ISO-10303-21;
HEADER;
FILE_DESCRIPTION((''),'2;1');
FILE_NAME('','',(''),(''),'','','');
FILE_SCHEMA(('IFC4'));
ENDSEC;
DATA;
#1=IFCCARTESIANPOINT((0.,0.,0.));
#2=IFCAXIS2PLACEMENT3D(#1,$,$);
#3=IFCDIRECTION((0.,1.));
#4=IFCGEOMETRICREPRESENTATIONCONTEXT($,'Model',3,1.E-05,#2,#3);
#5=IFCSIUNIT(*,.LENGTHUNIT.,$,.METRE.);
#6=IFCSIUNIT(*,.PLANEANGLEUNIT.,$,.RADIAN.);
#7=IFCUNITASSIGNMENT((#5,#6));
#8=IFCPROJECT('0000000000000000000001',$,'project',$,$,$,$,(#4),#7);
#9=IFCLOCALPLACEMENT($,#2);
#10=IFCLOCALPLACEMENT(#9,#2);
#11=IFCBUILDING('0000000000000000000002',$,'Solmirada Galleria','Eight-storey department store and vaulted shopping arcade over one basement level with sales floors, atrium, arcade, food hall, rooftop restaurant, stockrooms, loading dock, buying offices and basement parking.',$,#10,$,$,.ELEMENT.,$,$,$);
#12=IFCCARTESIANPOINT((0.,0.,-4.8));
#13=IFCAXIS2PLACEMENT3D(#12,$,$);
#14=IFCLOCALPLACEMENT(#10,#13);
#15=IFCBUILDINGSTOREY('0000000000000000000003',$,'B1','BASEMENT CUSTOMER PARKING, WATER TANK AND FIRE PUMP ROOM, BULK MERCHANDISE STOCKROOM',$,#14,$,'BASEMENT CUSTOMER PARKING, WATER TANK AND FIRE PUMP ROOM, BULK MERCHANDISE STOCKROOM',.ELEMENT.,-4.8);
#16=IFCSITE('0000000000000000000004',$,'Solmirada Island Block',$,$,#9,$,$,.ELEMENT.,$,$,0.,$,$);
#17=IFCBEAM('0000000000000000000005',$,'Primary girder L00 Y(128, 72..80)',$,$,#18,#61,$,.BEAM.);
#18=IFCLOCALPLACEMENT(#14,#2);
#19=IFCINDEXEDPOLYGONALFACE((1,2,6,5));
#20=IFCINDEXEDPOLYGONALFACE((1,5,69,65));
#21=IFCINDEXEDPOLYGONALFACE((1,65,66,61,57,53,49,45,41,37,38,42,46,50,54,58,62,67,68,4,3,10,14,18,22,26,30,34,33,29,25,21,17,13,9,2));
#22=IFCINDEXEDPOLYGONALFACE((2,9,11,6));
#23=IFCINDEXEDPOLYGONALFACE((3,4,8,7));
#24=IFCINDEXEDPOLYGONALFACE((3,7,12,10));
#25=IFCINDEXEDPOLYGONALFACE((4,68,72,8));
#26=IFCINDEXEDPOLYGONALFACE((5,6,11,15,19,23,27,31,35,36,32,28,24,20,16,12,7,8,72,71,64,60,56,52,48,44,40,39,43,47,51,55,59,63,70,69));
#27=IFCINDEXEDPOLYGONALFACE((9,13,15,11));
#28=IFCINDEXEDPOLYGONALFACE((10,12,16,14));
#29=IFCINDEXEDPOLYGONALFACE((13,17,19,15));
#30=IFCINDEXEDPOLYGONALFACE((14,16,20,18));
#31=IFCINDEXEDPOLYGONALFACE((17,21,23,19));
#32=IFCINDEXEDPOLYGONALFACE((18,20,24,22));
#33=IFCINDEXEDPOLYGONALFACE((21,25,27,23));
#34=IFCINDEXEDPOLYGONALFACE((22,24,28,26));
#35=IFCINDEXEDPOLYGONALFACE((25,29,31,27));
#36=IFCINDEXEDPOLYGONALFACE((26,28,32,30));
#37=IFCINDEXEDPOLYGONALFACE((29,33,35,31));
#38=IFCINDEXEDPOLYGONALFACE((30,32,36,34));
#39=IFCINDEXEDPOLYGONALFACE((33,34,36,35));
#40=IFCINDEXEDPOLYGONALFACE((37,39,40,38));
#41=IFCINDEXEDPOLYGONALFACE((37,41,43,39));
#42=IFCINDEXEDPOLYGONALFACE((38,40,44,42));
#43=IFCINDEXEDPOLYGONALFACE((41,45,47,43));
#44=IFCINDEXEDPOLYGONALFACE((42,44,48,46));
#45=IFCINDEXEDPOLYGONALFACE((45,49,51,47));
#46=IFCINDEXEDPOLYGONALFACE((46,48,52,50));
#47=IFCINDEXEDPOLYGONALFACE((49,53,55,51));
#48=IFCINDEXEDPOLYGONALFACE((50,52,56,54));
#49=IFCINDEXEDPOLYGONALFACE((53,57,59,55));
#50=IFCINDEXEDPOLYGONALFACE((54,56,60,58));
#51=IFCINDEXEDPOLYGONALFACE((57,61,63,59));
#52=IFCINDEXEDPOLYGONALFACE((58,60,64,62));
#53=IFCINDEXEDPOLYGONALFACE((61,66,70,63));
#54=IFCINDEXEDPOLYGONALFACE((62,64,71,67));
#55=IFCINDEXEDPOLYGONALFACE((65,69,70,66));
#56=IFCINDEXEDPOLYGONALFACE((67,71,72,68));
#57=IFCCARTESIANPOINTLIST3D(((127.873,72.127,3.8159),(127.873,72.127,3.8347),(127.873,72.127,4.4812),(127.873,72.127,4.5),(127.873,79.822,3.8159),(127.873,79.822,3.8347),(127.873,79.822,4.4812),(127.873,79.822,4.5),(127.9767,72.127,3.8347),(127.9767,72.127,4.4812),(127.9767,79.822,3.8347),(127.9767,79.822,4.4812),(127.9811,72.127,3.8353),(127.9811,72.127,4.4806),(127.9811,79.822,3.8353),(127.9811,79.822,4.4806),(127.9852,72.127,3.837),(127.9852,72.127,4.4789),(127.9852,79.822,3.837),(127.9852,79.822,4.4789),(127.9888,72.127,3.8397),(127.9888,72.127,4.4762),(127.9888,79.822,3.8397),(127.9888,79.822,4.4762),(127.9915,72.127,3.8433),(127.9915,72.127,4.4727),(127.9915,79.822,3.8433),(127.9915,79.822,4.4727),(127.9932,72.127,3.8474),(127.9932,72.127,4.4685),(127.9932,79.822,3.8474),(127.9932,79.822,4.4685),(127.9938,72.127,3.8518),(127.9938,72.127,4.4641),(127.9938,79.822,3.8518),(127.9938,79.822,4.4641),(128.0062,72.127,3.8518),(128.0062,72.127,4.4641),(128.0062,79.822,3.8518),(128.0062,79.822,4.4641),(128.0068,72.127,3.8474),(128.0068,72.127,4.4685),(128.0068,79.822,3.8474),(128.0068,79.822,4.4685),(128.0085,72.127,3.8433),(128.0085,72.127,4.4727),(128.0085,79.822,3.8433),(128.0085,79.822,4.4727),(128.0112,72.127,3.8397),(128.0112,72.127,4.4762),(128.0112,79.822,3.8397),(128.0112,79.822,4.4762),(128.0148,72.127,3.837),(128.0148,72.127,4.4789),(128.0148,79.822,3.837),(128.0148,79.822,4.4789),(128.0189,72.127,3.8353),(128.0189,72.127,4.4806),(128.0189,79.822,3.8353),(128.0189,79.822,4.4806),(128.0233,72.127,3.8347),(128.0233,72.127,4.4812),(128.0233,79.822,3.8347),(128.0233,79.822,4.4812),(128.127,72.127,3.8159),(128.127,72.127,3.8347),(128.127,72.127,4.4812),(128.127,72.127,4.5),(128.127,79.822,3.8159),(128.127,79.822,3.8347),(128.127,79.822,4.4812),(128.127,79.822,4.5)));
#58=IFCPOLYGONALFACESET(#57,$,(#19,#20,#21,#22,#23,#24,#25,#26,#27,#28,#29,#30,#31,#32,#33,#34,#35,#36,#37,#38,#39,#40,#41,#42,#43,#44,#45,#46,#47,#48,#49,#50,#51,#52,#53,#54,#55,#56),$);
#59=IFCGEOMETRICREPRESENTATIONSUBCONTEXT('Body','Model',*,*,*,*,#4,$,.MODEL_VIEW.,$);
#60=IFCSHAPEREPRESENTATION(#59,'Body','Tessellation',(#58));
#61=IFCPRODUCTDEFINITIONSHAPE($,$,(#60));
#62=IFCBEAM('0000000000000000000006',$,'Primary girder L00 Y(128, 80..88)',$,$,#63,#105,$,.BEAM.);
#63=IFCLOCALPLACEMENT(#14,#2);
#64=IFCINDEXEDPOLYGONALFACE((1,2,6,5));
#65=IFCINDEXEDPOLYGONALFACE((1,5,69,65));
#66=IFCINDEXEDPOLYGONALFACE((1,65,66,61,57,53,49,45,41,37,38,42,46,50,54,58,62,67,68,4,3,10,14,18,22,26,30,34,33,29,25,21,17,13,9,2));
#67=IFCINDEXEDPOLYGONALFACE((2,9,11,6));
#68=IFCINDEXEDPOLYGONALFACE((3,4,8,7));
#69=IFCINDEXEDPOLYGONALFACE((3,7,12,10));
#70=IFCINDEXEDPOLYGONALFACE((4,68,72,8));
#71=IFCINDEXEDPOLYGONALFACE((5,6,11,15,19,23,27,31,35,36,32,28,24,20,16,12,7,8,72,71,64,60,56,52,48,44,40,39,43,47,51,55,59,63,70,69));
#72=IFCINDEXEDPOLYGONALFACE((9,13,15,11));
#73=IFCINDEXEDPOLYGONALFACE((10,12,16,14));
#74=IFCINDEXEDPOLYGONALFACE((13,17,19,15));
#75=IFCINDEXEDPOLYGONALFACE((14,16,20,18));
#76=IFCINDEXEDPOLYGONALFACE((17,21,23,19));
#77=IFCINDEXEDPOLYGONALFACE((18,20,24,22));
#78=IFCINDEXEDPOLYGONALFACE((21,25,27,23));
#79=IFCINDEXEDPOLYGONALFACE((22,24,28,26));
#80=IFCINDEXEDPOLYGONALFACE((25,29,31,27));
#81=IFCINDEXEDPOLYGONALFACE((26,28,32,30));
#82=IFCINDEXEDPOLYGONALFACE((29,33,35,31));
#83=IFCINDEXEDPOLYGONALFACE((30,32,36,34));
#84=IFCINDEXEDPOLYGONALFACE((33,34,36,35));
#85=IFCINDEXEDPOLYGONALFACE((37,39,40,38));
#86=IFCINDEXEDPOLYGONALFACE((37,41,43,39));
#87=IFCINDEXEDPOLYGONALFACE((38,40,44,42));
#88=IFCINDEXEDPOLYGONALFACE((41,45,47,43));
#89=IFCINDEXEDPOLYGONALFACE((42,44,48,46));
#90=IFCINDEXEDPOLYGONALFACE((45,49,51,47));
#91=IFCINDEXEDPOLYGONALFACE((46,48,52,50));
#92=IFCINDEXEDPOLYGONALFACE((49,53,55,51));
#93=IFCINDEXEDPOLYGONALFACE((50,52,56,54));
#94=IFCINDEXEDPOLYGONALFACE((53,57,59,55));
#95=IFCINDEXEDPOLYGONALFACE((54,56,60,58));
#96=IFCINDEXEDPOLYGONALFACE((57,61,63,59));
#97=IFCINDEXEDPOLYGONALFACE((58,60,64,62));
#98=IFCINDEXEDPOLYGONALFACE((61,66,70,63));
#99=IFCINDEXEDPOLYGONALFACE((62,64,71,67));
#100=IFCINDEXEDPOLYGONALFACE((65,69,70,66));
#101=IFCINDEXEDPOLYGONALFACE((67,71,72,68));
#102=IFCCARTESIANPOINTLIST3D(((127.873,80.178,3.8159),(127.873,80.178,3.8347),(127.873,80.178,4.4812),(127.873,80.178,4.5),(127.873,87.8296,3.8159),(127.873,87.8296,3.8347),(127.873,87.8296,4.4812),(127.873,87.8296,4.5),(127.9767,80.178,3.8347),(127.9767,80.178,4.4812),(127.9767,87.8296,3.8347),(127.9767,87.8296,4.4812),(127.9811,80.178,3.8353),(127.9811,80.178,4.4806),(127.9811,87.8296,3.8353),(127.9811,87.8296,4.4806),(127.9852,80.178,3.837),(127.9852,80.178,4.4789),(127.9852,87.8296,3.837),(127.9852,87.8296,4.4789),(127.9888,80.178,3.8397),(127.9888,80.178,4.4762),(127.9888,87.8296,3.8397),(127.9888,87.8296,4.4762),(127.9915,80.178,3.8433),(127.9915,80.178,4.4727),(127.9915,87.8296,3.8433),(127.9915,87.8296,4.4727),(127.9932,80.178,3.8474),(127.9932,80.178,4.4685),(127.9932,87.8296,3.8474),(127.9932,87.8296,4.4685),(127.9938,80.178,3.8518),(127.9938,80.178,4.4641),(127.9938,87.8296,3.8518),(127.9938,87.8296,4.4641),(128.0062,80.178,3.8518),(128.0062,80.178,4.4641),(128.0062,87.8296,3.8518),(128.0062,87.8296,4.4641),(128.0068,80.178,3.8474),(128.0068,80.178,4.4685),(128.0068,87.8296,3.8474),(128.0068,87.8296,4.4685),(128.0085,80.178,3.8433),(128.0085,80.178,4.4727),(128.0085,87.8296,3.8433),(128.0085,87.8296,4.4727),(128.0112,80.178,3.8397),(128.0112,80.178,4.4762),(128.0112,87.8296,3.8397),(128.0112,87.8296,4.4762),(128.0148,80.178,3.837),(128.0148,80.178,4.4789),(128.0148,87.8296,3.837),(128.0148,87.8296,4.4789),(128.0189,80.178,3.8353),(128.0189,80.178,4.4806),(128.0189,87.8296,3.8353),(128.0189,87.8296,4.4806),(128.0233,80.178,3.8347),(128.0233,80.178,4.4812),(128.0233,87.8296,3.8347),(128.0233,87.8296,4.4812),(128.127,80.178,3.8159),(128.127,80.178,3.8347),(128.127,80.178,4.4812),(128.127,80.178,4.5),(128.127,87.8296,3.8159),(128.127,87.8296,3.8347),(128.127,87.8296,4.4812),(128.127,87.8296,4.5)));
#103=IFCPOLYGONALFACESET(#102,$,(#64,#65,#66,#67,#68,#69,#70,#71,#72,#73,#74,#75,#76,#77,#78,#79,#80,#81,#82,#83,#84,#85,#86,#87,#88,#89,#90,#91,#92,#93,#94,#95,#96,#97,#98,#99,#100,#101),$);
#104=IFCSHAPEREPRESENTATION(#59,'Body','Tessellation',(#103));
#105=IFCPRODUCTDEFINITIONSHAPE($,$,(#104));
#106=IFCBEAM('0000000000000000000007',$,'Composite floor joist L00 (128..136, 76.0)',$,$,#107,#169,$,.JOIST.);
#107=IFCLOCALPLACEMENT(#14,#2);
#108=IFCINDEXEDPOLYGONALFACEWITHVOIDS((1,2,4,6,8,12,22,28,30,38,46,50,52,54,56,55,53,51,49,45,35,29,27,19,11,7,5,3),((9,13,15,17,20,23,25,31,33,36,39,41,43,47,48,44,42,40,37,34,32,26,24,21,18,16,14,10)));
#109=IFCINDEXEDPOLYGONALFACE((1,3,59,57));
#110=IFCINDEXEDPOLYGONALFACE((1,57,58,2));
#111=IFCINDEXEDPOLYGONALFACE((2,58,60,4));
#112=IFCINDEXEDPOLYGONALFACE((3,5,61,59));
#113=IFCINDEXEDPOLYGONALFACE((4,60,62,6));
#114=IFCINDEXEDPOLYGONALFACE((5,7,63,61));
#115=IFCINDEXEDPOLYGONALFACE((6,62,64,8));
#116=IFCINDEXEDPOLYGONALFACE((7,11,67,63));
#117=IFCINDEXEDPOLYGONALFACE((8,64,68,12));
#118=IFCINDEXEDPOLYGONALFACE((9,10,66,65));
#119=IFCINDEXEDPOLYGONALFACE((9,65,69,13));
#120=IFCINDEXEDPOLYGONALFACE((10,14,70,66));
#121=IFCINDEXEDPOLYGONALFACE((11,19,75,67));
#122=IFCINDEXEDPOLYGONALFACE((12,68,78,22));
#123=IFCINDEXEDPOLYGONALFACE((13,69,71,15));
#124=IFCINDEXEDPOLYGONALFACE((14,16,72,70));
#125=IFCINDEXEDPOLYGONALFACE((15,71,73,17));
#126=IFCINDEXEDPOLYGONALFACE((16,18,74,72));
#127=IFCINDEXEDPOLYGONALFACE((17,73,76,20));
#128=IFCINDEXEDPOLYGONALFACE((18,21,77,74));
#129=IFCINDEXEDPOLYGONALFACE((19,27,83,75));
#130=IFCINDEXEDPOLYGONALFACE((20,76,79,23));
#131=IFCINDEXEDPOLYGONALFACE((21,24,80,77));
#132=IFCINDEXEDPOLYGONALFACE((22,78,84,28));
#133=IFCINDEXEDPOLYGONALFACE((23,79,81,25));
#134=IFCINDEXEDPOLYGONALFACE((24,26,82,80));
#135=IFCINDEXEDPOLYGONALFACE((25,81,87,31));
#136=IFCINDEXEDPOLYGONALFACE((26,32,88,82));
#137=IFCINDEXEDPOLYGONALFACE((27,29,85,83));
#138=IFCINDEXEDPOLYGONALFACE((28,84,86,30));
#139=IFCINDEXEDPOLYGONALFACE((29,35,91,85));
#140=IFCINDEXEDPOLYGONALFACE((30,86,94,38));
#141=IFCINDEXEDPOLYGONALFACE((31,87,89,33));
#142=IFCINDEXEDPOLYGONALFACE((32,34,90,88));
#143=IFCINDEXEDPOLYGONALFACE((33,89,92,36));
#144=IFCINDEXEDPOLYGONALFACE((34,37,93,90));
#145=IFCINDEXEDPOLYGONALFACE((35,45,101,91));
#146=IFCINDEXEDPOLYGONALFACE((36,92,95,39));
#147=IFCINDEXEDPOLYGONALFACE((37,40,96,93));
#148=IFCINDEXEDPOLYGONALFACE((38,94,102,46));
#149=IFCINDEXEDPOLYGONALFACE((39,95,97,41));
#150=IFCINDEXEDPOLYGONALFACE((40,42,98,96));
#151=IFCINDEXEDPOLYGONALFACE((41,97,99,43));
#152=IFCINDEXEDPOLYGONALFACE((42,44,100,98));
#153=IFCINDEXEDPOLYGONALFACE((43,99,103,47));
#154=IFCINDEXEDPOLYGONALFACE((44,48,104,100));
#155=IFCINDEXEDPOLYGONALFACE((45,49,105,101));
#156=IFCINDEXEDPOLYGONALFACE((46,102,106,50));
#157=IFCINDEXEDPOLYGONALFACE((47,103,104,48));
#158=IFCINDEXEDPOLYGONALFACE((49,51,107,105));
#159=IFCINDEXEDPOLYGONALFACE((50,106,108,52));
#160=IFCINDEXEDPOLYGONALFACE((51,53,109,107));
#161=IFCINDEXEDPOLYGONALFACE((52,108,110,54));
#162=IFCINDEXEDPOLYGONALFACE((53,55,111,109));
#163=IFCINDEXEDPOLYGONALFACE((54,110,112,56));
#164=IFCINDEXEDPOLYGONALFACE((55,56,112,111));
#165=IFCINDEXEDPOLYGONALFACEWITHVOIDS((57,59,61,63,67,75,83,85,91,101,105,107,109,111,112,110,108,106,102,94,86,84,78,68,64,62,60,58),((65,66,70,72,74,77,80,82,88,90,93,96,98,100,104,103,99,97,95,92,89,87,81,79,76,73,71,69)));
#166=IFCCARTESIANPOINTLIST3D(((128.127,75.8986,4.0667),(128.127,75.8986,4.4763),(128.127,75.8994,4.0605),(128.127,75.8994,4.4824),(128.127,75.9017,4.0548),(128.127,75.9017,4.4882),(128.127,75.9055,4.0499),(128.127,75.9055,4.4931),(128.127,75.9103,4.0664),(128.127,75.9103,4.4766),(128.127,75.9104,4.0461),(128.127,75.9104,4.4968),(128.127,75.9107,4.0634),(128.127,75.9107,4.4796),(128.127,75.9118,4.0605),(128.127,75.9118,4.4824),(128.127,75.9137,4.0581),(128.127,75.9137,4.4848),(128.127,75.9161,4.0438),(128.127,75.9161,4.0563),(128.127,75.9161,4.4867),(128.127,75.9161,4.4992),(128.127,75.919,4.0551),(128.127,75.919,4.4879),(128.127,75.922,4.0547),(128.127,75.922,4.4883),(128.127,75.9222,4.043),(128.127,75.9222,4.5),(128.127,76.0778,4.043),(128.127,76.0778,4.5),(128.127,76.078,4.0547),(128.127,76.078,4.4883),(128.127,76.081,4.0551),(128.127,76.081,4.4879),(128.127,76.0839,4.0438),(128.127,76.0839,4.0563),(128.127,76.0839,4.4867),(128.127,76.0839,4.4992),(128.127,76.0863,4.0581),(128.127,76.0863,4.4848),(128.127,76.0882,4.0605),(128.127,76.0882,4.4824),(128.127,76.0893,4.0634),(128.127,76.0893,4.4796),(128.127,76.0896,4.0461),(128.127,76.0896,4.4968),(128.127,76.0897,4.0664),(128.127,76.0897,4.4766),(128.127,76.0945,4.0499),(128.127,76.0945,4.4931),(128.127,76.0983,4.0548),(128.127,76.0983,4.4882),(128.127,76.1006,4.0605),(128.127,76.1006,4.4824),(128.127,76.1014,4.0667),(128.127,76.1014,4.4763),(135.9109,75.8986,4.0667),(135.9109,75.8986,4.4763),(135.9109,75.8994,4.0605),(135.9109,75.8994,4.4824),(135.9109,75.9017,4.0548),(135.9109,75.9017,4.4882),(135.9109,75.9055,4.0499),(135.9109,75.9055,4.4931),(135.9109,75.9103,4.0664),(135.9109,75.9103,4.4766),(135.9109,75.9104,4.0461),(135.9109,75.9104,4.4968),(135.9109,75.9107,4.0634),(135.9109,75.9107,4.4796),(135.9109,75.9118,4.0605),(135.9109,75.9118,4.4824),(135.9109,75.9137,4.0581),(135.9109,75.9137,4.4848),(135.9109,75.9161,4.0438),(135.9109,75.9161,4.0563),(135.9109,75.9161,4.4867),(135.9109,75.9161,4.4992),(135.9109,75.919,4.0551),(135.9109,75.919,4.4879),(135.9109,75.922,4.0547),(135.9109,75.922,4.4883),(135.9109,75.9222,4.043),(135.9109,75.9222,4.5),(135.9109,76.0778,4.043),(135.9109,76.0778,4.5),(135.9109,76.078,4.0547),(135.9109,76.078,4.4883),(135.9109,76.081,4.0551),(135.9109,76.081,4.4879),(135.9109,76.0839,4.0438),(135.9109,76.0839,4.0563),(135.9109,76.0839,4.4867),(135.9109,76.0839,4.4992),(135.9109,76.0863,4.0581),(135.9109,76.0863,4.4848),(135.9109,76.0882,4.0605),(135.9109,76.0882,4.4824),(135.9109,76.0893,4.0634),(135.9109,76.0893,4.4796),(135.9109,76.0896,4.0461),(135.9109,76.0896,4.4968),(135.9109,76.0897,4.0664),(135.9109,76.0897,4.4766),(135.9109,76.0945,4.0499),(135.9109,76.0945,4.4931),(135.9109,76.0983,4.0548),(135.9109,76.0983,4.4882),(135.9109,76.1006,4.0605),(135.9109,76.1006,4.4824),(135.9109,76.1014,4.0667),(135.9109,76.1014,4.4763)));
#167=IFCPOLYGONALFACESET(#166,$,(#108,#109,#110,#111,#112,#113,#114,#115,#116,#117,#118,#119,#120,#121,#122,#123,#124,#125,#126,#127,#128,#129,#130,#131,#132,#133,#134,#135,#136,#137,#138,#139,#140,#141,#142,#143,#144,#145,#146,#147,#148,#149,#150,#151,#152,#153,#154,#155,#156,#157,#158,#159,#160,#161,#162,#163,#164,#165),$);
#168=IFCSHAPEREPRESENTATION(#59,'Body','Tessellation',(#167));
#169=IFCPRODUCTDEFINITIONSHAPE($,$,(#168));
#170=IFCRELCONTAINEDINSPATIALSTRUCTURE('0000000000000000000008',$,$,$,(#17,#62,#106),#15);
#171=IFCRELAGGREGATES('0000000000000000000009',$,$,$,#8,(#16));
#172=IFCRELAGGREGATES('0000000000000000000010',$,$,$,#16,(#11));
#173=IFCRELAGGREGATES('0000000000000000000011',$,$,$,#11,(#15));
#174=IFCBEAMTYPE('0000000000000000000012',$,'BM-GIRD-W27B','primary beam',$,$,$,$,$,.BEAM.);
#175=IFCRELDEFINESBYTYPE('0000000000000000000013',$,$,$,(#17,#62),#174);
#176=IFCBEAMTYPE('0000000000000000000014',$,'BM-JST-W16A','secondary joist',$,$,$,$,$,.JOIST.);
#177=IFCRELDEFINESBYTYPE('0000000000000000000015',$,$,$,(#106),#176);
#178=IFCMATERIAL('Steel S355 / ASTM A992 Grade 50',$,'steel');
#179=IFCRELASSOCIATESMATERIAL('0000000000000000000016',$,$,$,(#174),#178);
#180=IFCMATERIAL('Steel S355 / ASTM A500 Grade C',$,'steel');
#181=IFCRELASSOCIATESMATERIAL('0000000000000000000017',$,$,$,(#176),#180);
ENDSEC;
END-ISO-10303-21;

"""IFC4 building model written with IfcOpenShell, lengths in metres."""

from ifc_helpers import new_model, si_unit, direction, frame, origin, origin_2d, place, context, subcontext, project, spatial, hollow_rectangle, i_section, extrude, material, material_profile, profile_set, type_object, element, save


model = new_model("IFC4")

# Units and contexts
model_context = context("Model", 3, precision=1e-05, world=origin(), true_north=direction((0.0, 1.0)))
body_context = subcontext(model_context, "Body", "Model", "MODEL_VIEW")
ifc_project = project(units=[si_unit("LENGTHUNIT", "METRE"), si_unit("PLANEANGLEUNIT", "RADIAN")], contexts=[model_context])

# Site, building, storey
site_placement = place(None, origin())
site = spatial("IfcSite", under=ifc_project, at=site_placement, Name="Solmirada Island Block", CompositionType="ELEMENT", RefElevation=0.0)
building_placement = place(site_placement, origin())
building = spatial("IfcBuilding", under=site, at=building_placement, Name="Solmirada Galleria", Description="Eight-storey department store and vaulted shopping arcade over one basement level with sales floors, atrium, arcade, food hall, rooftop restaurant, stockrooms, loading dock, buying offices and basement parking.", CompositionType="ELEMENT")
storey_placement = place(building_placement, frame((0.0, 0.0, -4.8)))
storey = spatial("IfcBuildingStorey", under=building, at=storey_placement, Name="B1", Description="BASEMENT CUSTOMER PARKING, WATER TANK AND FIRE PUMP ROOM, BULK MERCHANDISE STOCKROOM", LongName="BASEMENT CUSTOMER PARKING, WATER TANK AND FIRE PUMP ROOM, BULK MERCHANDISE STOCKROOM", CompositionType="ELEMENT", Elevation=-4.8)

# Shared definitions
ifc_material_1 = material(Name="Steel S355 / ASTM A500 Grade C", Category="steel")

# Beams
ifc_material_2 = material(Name="Steel S355 / ASTM A992 Grade 50", Category="steel")
ifc_material_profile_1 = material_profile(ifc_material_2, i_section(OverallWidth=0.2539, OverallDepth=0.6841, WebThickness=0.0125, FlangeThickness=0.0188, FilletRadius=0.0171, at=origin_2d()), Name="W27X94")
ifc_profile_set_1 = profile_set([ifc_material_profile_1], Name="Steel S355 / ASTM A992 Grade 50")
beam_type_1 = type_object("IfcBeamType", Name="BM-GIRD-W27B", Description="primary beam", PredefinedType="BEAM", material=ifc_profile_set_1)
beam_1_placement = place(storey_placement, frame((128.0, 72.127, 4.158), z_axis=(0.0, 1.0, 0.0), x_axis=(-1.0, 0.0, 0.0)))
element("IfcBeam", 1, at=beam_1_placement, inside=storey, type_object=beam_type_1, Name="Primary girder L00 Y(128, 72..80)", PredefinedType="BEAM", context=body_context, shape_type="SweptSolid", body=[
    extrude(i_section(OverallWidth=0.2539, OverallDepth=0.6841, WebThickness=0.0125, FlangeThickness=0.0188, FilletRadius=0.0171, at=origin_2d()), origin(), (0.0, 0.0, 1.0), 7.6951),
])
beam_2_placement = place(storey_placement, frame((128.0, 80.178, 4.158), z_axis=(0.0, 1.0, 0.0), x_axis=(-1.0, 0.0, 0.0)))
element("IfcBeam", 2, at=beam_2_placement, inside=storey, type_object=beam_type_1, Name="Primary girder L00 Y(128, 80..88)", PredefinedType="BEAM", context=body_context, shape_type="SweptSolid", body=[
    extrude(i_section(OverallWidth=0.2539, OverallDepth=0.6841, WebThickness=0.0125, FlangeThickness=0.0188, FilletRadius=0.0171, at=origin_2d()), origin(), (0.0, 0.0, 1.0), 7.6516),
])
ifc_material_profile_2 = material_profile(ifc_material_1, hollow_rectangle(XDim=0.2029, YDim=0.457, WallThickness=0.0117, InnerFilletRadius=0.0117, OuterFilletRadius=0.0237, at=origin_2d()), Name="HSS18X8X1/2")
ifc_profile_set_2 = profile_set([ifc_material_profile_2], Name="Steel S355 / ASTM A500 Grade C")
beam_type_2 = type_object("IfcBeamType", Name="BM-JST-W16A", Description="secondary joist", PredefinedType="JOIST", material=ifc_profile_set_2)
beam_3_placement = place(storey_placement, frame((128.127, 76.0, 4.2715), z_axis=(1.0, 0.0, 0.0), x_axis=(0.0, 1.0, 0.0)))
element("IfcBeam", 3, at=beam_3_placement, inside=storey, type_object=beam_type_2, Name="Composite floor joist L00 (128..136, 76.0)", PredefinedType="JOIST", context=body_context, shape_type="SweptSolid", body=[
    extrude(hollow_rectangle(XDim=0.2029, YDim=0.457, WallThickness=0.0117, InnerFilletRadius=0.0117, OuterFilletRadius=0.0237, at=origin_2d()), origin(), (0.0, 0.0, 1.0), 7.7839),
])

save(model, "model.ifc")
